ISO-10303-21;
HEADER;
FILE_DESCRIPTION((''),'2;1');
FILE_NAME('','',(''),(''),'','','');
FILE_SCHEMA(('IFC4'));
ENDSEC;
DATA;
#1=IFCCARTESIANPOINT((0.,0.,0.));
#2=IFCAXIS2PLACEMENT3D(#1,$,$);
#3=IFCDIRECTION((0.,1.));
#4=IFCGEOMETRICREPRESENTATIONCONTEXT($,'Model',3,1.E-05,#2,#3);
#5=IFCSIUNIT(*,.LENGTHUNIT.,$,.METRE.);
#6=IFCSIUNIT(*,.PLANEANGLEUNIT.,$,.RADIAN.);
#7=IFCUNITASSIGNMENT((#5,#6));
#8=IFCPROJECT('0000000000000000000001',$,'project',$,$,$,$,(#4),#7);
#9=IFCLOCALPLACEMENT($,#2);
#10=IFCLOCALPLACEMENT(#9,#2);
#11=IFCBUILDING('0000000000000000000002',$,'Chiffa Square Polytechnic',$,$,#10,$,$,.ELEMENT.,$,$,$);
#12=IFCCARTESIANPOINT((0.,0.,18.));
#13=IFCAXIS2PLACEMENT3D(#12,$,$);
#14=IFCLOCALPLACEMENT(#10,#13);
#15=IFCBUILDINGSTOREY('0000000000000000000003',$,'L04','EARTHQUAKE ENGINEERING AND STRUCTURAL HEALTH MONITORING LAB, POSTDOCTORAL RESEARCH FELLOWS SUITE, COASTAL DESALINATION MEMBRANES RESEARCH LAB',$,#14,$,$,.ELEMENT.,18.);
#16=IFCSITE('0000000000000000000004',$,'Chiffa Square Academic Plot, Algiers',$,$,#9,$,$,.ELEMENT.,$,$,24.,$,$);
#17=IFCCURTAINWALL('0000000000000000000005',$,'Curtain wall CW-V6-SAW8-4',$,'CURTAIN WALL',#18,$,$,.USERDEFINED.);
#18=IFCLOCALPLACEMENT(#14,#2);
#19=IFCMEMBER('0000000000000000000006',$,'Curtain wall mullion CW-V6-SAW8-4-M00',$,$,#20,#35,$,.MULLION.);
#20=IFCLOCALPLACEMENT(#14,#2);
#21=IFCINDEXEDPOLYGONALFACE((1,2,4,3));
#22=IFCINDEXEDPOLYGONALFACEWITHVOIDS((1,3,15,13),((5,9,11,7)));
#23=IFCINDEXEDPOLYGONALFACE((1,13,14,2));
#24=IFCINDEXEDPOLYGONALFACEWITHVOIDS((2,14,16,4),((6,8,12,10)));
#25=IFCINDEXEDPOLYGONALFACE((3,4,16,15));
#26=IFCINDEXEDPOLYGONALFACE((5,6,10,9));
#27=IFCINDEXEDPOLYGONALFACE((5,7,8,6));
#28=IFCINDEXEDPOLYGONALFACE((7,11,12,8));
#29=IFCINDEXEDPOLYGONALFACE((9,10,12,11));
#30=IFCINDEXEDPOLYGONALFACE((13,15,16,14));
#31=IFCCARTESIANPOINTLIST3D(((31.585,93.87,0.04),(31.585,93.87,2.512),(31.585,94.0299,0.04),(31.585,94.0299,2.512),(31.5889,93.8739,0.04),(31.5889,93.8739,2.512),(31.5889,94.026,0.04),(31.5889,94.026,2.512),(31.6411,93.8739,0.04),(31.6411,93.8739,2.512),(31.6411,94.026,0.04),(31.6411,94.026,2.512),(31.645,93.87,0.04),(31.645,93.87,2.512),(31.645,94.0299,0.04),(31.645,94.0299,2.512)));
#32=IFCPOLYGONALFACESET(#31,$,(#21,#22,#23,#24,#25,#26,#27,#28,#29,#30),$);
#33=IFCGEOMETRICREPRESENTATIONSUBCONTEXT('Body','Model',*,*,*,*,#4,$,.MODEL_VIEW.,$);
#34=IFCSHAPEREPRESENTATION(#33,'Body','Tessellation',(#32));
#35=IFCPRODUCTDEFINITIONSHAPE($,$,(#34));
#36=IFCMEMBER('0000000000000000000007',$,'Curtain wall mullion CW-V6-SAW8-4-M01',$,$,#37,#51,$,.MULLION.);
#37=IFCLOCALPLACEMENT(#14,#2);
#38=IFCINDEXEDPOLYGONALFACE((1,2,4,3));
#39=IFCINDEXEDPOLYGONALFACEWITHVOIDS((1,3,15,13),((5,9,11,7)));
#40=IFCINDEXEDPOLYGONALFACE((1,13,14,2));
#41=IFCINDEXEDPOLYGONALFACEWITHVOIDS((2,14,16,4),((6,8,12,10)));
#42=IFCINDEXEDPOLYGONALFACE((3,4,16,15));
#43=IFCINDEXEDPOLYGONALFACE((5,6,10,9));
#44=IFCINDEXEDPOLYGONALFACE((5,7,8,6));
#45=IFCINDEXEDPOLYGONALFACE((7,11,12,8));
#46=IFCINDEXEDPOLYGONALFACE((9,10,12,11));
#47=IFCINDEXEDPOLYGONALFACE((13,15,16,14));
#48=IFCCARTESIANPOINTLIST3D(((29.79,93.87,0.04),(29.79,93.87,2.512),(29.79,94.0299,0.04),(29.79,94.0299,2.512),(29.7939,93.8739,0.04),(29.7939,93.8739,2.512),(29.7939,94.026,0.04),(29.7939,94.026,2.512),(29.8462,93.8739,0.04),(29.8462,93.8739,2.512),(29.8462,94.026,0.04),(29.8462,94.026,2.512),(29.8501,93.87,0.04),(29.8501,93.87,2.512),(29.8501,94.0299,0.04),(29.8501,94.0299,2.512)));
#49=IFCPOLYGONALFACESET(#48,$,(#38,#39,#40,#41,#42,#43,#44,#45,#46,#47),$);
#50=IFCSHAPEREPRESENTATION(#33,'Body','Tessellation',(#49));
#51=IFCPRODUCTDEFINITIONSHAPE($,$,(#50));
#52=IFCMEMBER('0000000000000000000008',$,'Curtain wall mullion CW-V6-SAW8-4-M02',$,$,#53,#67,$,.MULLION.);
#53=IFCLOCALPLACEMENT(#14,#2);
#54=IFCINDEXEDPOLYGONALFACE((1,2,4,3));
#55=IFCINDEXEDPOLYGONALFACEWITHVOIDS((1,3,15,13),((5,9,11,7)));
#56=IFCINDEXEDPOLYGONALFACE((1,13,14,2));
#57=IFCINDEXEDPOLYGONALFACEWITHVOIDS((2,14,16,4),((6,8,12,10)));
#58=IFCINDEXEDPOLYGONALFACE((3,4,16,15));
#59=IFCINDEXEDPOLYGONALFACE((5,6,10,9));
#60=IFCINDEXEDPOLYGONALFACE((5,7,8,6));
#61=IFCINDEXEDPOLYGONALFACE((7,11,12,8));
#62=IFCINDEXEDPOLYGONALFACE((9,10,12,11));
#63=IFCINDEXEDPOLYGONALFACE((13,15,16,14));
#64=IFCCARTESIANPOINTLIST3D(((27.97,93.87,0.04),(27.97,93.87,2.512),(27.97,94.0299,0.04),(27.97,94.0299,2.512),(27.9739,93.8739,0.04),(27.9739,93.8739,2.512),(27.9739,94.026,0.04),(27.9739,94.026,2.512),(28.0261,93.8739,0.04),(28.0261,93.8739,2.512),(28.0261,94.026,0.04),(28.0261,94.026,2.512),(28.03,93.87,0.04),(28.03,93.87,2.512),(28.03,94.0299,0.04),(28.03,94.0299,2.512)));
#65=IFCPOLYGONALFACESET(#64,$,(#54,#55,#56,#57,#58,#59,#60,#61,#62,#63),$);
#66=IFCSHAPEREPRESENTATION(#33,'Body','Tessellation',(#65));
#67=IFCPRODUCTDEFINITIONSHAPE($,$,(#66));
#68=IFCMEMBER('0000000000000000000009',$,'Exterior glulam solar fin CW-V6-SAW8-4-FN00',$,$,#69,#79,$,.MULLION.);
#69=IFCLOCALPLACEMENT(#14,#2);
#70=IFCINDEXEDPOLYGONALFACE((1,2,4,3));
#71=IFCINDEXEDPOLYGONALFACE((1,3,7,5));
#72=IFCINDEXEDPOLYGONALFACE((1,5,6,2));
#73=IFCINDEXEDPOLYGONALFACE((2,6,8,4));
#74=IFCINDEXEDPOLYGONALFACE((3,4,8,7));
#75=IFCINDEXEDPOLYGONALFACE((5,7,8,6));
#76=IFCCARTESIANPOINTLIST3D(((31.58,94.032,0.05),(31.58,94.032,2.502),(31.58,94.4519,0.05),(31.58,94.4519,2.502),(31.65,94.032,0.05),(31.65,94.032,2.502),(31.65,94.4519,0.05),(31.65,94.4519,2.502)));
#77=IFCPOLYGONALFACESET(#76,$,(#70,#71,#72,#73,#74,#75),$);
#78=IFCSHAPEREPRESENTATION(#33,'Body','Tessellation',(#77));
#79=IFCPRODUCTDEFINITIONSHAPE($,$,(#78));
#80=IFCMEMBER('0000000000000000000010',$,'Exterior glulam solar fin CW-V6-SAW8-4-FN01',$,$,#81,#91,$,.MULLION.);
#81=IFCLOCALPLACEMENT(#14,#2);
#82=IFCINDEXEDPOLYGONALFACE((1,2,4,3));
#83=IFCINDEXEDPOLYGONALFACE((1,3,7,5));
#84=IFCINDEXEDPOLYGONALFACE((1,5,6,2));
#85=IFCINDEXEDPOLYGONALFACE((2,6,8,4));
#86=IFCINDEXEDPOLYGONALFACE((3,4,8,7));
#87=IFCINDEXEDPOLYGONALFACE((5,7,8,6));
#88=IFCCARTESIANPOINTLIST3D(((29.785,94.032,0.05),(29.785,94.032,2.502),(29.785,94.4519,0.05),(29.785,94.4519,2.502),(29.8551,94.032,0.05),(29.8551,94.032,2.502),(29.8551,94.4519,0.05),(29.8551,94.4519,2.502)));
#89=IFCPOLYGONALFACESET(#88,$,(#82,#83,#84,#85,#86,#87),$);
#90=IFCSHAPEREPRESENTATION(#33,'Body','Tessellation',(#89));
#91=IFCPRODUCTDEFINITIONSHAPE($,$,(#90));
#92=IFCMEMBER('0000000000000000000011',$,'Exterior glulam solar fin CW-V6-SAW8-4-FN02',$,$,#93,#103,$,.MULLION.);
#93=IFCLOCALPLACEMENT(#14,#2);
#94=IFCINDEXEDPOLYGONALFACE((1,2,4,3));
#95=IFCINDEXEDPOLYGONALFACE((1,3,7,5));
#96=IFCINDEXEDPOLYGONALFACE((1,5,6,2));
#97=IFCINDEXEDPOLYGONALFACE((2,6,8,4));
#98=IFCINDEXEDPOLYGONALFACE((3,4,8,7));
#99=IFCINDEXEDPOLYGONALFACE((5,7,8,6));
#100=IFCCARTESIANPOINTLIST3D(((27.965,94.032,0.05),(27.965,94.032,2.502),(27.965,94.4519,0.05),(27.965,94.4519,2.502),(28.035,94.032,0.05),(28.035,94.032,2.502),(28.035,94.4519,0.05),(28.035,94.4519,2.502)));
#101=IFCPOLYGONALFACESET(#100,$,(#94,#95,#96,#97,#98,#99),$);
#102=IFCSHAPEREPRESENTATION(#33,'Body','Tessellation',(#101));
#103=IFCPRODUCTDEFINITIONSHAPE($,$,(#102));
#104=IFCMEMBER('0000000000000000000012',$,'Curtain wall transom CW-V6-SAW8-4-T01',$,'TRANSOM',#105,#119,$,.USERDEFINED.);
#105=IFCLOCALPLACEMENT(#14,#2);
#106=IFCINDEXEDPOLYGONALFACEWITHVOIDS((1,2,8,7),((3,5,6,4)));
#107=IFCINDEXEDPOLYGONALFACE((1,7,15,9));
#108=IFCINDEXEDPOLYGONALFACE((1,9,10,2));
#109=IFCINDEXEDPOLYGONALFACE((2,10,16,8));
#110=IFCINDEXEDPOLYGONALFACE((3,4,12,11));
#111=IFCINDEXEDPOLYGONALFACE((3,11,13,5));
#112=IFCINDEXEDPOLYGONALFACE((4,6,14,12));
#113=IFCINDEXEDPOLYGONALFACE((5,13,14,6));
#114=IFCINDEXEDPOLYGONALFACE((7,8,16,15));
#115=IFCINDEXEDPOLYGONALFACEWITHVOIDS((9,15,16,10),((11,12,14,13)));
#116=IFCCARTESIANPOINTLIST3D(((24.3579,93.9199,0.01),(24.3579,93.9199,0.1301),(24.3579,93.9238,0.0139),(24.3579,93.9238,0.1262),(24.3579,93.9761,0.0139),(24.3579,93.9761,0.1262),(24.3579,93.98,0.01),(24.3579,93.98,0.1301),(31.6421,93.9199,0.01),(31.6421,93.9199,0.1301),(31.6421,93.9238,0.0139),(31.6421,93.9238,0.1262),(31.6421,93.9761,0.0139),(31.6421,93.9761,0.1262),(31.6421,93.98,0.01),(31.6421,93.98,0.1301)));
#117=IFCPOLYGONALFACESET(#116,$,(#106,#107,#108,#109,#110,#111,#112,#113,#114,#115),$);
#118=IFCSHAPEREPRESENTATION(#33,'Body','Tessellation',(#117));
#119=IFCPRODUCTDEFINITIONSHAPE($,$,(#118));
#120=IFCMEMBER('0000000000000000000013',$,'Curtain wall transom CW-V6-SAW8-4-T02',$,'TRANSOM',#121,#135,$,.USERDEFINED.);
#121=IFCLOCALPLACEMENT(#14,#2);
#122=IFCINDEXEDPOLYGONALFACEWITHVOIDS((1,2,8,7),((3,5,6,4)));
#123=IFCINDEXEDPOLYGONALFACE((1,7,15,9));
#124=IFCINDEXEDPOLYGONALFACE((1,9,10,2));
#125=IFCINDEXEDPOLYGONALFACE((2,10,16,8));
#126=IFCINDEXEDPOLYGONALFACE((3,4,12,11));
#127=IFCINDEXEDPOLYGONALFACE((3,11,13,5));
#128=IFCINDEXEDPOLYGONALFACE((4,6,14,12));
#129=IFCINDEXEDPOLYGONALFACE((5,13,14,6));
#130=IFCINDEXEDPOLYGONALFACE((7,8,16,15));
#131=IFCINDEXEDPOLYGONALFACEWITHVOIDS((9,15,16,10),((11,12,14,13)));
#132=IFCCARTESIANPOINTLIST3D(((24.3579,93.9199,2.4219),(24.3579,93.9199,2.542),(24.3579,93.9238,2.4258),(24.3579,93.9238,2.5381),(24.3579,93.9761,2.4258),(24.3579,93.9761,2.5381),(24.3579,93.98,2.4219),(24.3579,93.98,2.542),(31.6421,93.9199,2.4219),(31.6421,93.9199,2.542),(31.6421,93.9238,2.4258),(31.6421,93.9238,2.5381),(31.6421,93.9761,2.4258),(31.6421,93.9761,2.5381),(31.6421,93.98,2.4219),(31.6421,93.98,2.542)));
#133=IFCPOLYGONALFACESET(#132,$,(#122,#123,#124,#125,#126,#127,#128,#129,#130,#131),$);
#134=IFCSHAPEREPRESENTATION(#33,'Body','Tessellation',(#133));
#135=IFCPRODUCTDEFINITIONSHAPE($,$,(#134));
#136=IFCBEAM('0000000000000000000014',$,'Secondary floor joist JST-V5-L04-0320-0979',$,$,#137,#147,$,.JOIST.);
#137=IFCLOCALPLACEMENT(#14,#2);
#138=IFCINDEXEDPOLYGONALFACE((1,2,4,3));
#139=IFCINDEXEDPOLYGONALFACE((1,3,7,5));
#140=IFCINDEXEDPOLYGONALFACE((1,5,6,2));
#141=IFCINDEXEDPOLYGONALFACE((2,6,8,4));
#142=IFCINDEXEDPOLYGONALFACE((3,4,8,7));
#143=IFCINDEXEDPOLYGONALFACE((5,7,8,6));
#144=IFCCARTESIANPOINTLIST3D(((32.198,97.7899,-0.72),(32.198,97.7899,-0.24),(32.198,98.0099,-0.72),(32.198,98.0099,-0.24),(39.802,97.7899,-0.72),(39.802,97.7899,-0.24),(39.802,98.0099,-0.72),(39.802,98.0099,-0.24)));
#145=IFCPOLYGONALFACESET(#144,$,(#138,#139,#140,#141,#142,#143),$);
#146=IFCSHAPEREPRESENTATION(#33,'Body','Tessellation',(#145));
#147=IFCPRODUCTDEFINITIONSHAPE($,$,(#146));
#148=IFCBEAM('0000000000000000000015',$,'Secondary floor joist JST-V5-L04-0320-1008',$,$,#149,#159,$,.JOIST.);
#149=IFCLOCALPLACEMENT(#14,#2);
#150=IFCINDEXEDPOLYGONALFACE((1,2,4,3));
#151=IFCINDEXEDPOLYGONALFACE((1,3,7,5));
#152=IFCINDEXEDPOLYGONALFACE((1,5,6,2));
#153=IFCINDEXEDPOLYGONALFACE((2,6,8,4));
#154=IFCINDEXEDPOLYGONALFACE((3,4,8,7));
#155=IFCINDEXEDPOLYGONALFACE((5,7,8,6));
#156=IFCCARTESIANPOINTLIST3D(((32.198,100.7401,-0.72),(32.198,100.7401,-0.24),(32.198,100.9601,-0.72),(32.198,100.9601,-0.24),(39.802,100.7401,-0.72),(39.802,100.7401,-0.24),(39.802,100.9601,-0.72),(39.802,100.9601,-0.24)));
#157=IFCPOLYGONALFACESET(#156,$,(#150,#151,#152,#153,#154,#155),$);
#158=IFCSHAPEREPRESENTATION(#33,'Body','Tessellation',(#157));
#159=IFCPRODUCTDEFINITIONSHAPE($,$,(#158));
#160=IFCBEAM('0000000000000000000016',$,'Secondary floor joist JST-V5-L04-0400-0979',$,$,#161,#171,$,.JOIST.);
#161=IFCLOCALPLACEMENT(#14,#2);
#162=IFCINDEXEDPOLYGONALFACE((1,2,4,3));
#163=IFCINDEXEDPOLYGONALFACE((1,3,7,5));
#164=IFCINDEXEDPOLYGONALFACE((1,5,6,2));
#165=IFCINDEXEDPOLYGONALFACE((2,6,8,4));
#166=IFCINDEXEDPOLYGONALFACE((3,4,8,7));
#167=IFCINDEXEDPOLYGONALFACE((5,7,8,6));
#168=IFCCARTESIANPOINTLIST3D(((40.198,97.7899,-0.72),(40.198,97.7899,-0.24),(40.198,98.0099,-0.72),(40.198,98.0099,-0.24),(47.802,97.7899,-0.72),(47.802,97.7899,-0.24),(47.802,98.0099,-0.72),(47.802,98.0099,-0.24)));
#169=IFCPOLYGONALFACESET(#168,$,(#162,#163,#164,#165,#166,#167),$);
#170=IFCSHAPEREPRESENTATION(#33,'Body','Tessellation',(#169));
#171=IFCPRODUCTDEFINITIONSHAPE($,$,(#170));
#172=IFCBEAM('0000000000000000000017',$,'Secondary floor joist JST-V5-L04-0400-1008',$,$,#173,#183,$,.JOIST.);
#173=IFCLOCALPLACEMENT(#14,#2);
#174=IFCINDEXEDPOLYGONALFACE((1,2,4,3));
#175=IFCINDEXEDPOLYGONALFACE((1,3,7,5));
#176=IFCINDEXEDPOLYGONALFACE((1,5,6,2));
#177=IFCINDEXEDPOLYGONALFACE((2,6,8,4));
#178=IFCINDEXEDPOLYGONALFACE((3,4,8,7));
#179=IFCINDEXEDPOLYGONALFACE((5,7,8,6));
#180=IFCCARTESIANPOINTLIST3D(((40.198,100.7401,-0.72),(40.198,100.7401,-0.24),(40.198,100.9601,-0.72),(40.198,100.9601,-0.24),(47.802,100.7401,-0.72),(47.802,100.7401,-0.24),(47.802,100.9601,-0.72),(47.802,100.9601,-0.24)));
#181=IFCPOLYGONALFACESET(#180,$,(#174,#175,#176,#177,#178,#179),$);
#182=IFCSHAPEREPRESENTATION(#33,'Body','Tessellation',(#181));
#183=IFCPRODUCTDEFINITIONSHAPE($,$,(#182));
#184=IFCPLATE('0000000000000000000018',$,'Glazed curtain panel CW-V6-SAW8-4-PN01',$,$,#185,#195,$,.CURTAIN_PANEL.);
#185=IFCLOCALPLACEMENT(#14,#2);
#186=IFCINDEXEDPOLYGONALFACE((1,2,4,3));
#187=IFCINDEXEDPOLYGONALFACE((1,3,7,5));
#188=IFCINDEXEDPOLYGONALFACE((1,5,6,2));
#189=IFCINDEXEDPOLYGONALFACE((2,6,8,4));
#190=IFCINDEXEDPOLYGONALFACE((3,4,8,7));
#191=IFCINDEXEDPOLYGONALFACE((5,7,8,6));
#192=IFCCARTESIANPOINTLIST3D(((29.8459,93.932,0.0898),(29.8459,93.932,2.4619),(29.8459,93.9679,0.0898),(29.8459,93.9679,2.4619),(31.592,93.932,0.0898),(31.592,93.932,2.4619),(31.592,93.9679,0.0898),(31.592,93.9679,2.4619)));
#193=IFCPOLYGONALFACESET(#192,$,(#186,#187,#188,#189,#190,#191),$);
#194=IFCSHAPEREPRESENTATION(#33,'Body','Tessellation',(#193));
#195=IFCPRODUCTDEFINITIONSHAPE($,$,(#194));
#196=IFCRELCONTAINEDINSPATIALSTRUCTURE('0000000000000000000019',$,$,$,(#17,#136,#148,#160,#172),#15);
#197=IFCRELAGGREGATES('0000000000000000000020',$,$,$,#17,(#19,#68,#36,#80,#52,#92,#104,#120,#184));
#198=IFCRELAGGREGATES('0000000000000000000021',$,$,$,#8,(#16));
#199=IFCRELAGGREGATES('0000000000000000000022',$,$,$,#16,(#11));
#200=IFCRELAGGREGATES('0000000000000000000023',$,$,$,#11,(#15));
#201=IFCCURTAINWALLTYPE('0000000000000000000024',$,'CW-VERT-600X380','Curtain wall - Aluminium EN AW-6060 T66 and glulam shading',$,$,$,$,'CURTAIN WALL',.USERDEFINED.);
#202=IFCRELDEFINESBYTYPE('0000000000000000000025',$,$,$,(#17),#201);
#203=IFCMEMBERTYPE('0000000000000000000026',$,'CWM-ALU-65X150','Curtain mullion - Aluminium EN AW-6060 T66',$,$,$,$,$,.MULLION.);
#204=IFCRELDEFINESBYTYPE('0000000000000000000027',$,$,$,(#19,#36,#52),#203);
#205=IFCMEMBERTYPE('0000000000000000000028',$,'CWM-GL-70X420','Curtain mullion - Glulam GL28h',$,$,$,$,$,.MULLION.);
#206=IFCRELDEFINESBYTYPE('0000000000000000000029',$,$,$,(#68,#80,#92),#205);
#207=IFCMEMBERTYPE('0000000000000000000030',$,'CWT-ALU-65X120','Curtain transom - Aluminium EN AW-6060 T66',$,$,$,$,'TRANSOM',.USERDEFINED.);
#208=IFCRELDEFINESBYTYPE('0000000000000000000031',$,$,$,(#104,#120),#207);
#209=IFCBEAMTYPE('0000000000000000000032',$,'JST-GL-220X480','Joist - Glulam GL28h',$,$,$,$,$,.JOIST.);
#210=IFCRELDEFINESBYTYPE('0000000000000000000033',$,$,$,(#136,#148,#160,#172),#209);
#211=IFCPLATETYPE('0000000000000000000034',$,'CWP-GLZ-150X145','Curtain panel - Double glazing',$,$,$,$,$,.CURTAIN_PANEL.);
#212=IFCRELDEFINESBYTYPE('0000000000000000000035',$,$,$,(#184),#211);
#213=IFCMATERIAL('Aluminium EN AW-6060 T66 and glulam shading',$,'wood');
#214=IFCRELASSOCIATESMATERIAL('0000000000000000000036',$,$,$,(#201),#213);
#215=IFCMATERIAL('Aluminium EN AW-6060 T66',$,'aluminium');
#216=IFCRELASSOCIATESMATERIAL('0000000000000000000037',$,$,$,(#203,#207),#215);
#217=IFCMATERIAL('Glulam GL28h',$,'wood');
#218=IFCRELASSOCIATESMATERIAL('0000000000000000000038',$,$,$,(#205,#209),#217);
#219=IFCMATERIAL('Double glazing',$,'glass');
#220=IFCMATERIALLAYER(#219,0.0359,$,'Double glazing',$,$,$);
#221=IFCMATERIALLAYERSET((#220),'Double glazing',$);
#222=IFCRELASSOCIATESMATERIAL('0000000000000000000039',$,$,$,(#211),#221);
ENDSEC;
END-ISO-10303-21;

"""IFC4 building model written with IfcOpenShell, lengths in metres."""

from ifc_helpers import new_model, si_unit, direction, frame, origin, origin_2d, place, context, subcontext, project, spatial, rectangle, hollow_rectangle, extrude, material, layer, layer_set, material_profile, profile_set, type_object, element, aggregate, save


model = new_model("IFC4")

# Units and contexts
model_context = context("Model", 3, precision=1e-05, world=origin(), true_north=direction((0.0, 1.0)))
body_context = subcontext(model_context, "Body", "Model", "MODEL_VIEW")
ifc_project = project(units=[si_unit("LENGTHUNIT", "METRE"), si_unit("PLANEANGLEUNIT", "RADIAN")], contexts=[model_context])

# Site, building, storey
site_placement = place(None, origin())
site = spatial("IfcSite", under=ifc_project, at=site_placement, Name="Chiffa Square Academic Plot, Algiers", CompositionType="ELEMENT", RefElevation=24.0)
building_placement = place(site_placement, origin())
building = spatial("IfcBuilding", under=site, at=building_placement, Name="Chiffa Square Polytechnic", CompositionType="ELEMENT")
storey_placement = place(building_placement, frame((0.0, 0.0, 18.0)))
storey = spatial("IfcBuildingStorey", under=building, at=storey_placement, Name="L04", Description="EARTHQUAKE ENGINEERING AND STRUCTURAL HEALTH MONITORING LAB, POSTDOCTORAL RESEARCH FELLOWS SUITE, COASTAL DESALINATION MEMBRANES RESEARCH LAB", CompositionType="ELEMENT", Elevation=18.0)

# Curtain wall, members
ifc_material_1 = material(Name="Aluminium EN AW-6060 T66 and glulam shading", Category="wood")
curtain_wall_type = type_object("IfcCurtainWallType", Name="CW-VERT-600X380", Description="Curtain wall - Aluminium EN AW-6060 T66 and glulam shading", ElementType="CURTAIN WALL", PredefinedType="USERDEFINED", material=ifc_material_1)
curtain_wall_placement = place(storey_placement, origin())
curtain_wall = element("IfcCurtainWall", 1, at=curtain_wall_placement, inside=storey, type_object=curtain_wall_type, Name="Curtain wall CW-V6-SAW8-4", ObjectType="CURTAIN WALL", PredefinedType="USERDEFINED")
ifc_material_2 = material(Name="Aluminium EN AW-6060 T66", Category="aluminium")
ifc_material_profile_1 = material_profile(ifc_material_2, hollow_rectangle(XDim=0.0601, YDim=0.1599, WallThickness=0.0039, at=origin_2d()), Name="ALU 60x160x4")
ifc_profile_set_1 = profile_set([ifc_material_profile_1], Name="Aluminium EN AW-6060 T66")
member_type_1 = type_object("IfcMemberType", Name="CWM-ALU-65X150", Description="Curtain mullion - Aluminium EN AW-6060 T66", PredefinedType="MULLION", material=ifc_profile_set_1)
member_1_placement = place(storey_placement, frame((31.615, 93.95, 0.04), z_axis=(0.0, 0.0, 1.0), x_axis=(1.0, 0.0, 0.0)))
member_1 = element("IfcMember", 2, at=member_1_placement, type_object=member_type_1, Name="Curtain wall mullion CW-V6-SAW8-4-M00", PredefinedType="MULLION", context=body_context, shape_type="SweptSolid", body=[
    extrude(hollow_rectangle(XDim=0.0601, YDim=0.1599, WallThickness=0.0039, at=origin_2d()), origin(), (0.0, 0.0, 1.0), 2.4719),
])
member_2_placement = place(storey_placement, frame((29.8201, 93.95, 0.04), z_axis=(0.0, 0.0, 1.0), x_axis=(1.0, 0.0, 0.0)))
member_2 = element("IfcMember", 3, at=member_2_placement, type_object=member_type_1, Name="Curtain wall mullion CW-V6-SAW8-4-M01", PredefinedType="MULLION", context=body_context, shape_type="SweptSolid", body=[
    extrude(hollow_rectangle(XDim=0.0601, YDim=0.1599, WallThickness=0.0039, at=origin_2d()), origin(), (0.0, 0.0, 1.0), 2.4719),
])
member_3_placement = place(storey_placement, frame((28.0, 93.95, 0.04), z_axis=(0.0, 0.0, 1.0), x_axis=(1.0, 0.0, 0.0)))
member_3 = element("IfcMember", 4, at=member_3_placement, type_object=member_type_1, Name="Curtain wall mullion CW-V6-SAW8-4-M02", PredefinedType="MULLION", context=body_context, shape_type="SweptSolid", body=[
    extrude(hollow_rectangle(XDim=0.0601, YDim=0.1599, WallThickness=0.0039, at=origin_2d()), origin(), (0.0, 0.0, 1.0), 2.4719),
])
ifc_material_3 = material(Name="Glulam GL28h", Category="wood")
ifc_material_profile_2 = material_profile(ifc_material_3, rectangle(XDim=0.0701, YDim=0.4199, at=origin_2d()), Name="GL28h 70x420")
ifc_profile_set_2 = profile_set([ifc_material_profile_2], Name="Glulam GL28h")
member_type_2 = type_object("IfcMemberType", Name="CWM-GL-70X420", Description="Curtain mullion - Glulam GL28h", PredefinedType="MULLION", material=ifc_profile_set_2)
member_4_placement = place(storey_placement, frame((31.615, 94.2419, 0.05), z_axis=(0.0, 0.0, 1.0), x_axis=(-1.0, 0.0, 0.0)))
member_4 = element("IfcMember", 5, at=member_4_placement, type_object=member_type_2, Name="Exterior glulam solar fin CW-V6-SAW8-4-FN00", PredefinedType="MULLION", context=body_context, shape_type="SweptSolid", body=[
    extrude(rectangle(XDim=0.0701, YDim=0.4199, at=origin_2d()), origin(), (0.0, 0.0, 1.0), 2.4519),
])
member_5_placement = place(storey_placement, frame((29.8201, 94.2419, 0.05), z_axis=(0.0, 0.0, 1.0), x_axis=(-1.0, 0.0, 0.0)))
member_5 = element("IfcMember", 6, at=member_5_placement, type_object=member_type_2, Name="Exterior glulam solar fin CW-V6-SAW8-4-FN01", PredefinedType="MULLION", context=body_context, shape_type="SweptSolid", body=[
    extrude(rectangle(XDim=0.0701, YDim=0.4199, at=origin_2d()), origin(), (0.0, 0.0, 1.0), 2.4519),
])
member_6_placement = place(storey_placement, frame((28.0, 94.2419, 0.05), z_axis=(0.0, 0.0, 1.0), x_axis=(-1.0, 0.0, 0.0)))
member_6 = element("IfcMember", 7, at=member_6_placement, type_object=member_type_2, Name="Exterior glulam solar fin CW-V6-SAW8-4-FN02", PredefinedType="MULLION", context=body_context, shape_type="SweptSolid", body=[
    extrude(rectangle(XDim=0.0701, YDim=0.4199, at=origin_2d()), origin(), (0.0, 0.0, 1.0), 2.4519),
])
ifc_material_profile_3 = material_profile(ifc_material_2, hollow_rectangle(XDim=0.0601, YDim=0.1201, WallThickness=0.0039, at=origin_2d()), Name="ALU 60x120x4")
ifc_profile_set_3 = profile_set([ifc_material_profile_3], Name="Aluminium EN AW-6060 T66")
member_type_3 = type_object("IfcMemberType", Name="CWT-ALU-65X120", Description="Curtain transom - Aluminium EN AW-6060 T66", ElementType="TRANSOM", PredefinedType="USERDEFINED", material=ifc_profile_set_3)
member_7_placement = place(storey_placement, frame((31.6421, 93.95, 0.0701), z_axis=(-1.0, 0.0, 0.0), x_axis=(0.0, -1.0, 0.0)))
member_7 = element("IfcMember", 8, at=member_7_placement, type_object=member_type_3, Name="Curtain wall transom CW-V6-SAW8-4-T01", ObjectType="TRANSOM", PredefinedType="USERDEFINED", context=body_context, shape_type="SweptSolid", body=[
    extrude(hollow_rectangle(XDim=0.0601, YDim=0.1201, WallThickness=0.0039, at=origin_2d()), origin(), (0.0, 0.0, 1.0), 7.2842),
])
member_8_placement = place(storey_placement, frame((31.6421, 93.95, 2.4819), z_axis=(-1.0, 0.0, 0.0), x_axis=(0.0, -1.0, 0.0)))
member_8 = element("IfcMember", 9, at=member_8_placement, type_object=member_type_3, Name="Curtain wall transom CW-V6-SAW8-4-T02", ObjectType="TRANSOM", PredefinedType="USERDEFINED", context=body_context, shape_type="SweptSolid", body=[
    extrude(hollow_rectangle(XDim=0.0601, YDim=0.1201, WallThickness=0.0039, at=origin_2d()), origin(), (0.0, 0.0, 1.0), 7.2842),
])

# Beams
ifc_material_profile_4 = material_profile(ifc_material_3, rectangle(XDim=0.22, YDim=0.48, at=origin_2d()), Name="GL28h 220x480")
ifc_profile_set_4 = profile_set([ifc_material_profile_4], Name="Glulam GL28h")
beam_type_1 = type_object("IfcBeamType", Name="JST-GL-220X480", Description="Joist - Glulam GL28h", PredefinedType="JOIST", material=ifc_profile_set_4)
for number, where, z_axis, x_axis, name in (
    (10, (32.198, 97.8999, -0.48), (1.0, 0.0, 0.0), (0.0, 1.0, 0.0), "Secondary floor joist JST-V5-L04-0320-0979"),
    (11, (32.198, 100.8501, -0.48), (1.0, 0.0, 0.0), (0.0, 1.0, 0.0), "Secondary floor joist JST-V5-L04-0320-1008"),
    (12, (40.198, 97.8999, -0.48), (1.0, 0.0, 0.0), (0.0, 1.0, 0.0), "Secondary floor joist JST-V5-L04-0400-0979"),
    (13, (40.198, 100.8501, -0.48), (1.0, 0.0, 0.0), (0.0, 1.0, 0.0), "Secondary floor joist JST-V5-L04-0400-1008"),
):
    element("IfcBeam", number, at=place(storey_placement, frame(where, z_axis=z_axis, x_axis=x_axis)), inside=storey, type_object=beam_type_1, Name=name, PredefinedType="JOIST", context=body_context, shape_type="SweptSolid", body=[
        extrude(rectangle(XDim=0.22, YDim=0.48, at=origin_2d()), origin(), (0.0, 0.0, 1.0), 7.604),
    ])

# Plate
ifc_material_4 = material(Name="Double glazing", Category="glass")
ifc_layer_1 = layer(ifc_material_4, 0.0359, Name="Double glazing")
ifc_layer_set_1 = layer_set([ifc_layer_1], Name="Double glazing")
plate_type = type_object("IfcPlateType", Name="CWP-GLZ-150X145", Description="Curtain panel - Double glazing", PredefinedType="CURTAIN_PANEL", material=ifc_layer_set_1)
plate_1_placement = place(storey_placement, frame((30.719, 93.95, 0.0898), z_axis=(0.0, 0.0, 1.0), x_axis=(-1.0, 0.0, 0.0)))
plate_1 = element("IfcPlate", 14, at=plate_1_placement, type_object=plate_type, Name="Glazed curtain panel CW-V6-SAW8-4-PN01", PredefinedType="CURTAIN_PANEL", context=body_context, shape_type="SweptSolid", body=[
    extrude(rectangle(XDim=1.7461, YDim=0.0359, at=origin_2d()), origin(), (0.0, 0.0, 1.0), 2.3721),
])
aggregate(curtain_wall, [member_1, member_4, member_2, member_5, member_3, member_6, member_7, member_8, plate_1])

save(model, "model.ifc")
